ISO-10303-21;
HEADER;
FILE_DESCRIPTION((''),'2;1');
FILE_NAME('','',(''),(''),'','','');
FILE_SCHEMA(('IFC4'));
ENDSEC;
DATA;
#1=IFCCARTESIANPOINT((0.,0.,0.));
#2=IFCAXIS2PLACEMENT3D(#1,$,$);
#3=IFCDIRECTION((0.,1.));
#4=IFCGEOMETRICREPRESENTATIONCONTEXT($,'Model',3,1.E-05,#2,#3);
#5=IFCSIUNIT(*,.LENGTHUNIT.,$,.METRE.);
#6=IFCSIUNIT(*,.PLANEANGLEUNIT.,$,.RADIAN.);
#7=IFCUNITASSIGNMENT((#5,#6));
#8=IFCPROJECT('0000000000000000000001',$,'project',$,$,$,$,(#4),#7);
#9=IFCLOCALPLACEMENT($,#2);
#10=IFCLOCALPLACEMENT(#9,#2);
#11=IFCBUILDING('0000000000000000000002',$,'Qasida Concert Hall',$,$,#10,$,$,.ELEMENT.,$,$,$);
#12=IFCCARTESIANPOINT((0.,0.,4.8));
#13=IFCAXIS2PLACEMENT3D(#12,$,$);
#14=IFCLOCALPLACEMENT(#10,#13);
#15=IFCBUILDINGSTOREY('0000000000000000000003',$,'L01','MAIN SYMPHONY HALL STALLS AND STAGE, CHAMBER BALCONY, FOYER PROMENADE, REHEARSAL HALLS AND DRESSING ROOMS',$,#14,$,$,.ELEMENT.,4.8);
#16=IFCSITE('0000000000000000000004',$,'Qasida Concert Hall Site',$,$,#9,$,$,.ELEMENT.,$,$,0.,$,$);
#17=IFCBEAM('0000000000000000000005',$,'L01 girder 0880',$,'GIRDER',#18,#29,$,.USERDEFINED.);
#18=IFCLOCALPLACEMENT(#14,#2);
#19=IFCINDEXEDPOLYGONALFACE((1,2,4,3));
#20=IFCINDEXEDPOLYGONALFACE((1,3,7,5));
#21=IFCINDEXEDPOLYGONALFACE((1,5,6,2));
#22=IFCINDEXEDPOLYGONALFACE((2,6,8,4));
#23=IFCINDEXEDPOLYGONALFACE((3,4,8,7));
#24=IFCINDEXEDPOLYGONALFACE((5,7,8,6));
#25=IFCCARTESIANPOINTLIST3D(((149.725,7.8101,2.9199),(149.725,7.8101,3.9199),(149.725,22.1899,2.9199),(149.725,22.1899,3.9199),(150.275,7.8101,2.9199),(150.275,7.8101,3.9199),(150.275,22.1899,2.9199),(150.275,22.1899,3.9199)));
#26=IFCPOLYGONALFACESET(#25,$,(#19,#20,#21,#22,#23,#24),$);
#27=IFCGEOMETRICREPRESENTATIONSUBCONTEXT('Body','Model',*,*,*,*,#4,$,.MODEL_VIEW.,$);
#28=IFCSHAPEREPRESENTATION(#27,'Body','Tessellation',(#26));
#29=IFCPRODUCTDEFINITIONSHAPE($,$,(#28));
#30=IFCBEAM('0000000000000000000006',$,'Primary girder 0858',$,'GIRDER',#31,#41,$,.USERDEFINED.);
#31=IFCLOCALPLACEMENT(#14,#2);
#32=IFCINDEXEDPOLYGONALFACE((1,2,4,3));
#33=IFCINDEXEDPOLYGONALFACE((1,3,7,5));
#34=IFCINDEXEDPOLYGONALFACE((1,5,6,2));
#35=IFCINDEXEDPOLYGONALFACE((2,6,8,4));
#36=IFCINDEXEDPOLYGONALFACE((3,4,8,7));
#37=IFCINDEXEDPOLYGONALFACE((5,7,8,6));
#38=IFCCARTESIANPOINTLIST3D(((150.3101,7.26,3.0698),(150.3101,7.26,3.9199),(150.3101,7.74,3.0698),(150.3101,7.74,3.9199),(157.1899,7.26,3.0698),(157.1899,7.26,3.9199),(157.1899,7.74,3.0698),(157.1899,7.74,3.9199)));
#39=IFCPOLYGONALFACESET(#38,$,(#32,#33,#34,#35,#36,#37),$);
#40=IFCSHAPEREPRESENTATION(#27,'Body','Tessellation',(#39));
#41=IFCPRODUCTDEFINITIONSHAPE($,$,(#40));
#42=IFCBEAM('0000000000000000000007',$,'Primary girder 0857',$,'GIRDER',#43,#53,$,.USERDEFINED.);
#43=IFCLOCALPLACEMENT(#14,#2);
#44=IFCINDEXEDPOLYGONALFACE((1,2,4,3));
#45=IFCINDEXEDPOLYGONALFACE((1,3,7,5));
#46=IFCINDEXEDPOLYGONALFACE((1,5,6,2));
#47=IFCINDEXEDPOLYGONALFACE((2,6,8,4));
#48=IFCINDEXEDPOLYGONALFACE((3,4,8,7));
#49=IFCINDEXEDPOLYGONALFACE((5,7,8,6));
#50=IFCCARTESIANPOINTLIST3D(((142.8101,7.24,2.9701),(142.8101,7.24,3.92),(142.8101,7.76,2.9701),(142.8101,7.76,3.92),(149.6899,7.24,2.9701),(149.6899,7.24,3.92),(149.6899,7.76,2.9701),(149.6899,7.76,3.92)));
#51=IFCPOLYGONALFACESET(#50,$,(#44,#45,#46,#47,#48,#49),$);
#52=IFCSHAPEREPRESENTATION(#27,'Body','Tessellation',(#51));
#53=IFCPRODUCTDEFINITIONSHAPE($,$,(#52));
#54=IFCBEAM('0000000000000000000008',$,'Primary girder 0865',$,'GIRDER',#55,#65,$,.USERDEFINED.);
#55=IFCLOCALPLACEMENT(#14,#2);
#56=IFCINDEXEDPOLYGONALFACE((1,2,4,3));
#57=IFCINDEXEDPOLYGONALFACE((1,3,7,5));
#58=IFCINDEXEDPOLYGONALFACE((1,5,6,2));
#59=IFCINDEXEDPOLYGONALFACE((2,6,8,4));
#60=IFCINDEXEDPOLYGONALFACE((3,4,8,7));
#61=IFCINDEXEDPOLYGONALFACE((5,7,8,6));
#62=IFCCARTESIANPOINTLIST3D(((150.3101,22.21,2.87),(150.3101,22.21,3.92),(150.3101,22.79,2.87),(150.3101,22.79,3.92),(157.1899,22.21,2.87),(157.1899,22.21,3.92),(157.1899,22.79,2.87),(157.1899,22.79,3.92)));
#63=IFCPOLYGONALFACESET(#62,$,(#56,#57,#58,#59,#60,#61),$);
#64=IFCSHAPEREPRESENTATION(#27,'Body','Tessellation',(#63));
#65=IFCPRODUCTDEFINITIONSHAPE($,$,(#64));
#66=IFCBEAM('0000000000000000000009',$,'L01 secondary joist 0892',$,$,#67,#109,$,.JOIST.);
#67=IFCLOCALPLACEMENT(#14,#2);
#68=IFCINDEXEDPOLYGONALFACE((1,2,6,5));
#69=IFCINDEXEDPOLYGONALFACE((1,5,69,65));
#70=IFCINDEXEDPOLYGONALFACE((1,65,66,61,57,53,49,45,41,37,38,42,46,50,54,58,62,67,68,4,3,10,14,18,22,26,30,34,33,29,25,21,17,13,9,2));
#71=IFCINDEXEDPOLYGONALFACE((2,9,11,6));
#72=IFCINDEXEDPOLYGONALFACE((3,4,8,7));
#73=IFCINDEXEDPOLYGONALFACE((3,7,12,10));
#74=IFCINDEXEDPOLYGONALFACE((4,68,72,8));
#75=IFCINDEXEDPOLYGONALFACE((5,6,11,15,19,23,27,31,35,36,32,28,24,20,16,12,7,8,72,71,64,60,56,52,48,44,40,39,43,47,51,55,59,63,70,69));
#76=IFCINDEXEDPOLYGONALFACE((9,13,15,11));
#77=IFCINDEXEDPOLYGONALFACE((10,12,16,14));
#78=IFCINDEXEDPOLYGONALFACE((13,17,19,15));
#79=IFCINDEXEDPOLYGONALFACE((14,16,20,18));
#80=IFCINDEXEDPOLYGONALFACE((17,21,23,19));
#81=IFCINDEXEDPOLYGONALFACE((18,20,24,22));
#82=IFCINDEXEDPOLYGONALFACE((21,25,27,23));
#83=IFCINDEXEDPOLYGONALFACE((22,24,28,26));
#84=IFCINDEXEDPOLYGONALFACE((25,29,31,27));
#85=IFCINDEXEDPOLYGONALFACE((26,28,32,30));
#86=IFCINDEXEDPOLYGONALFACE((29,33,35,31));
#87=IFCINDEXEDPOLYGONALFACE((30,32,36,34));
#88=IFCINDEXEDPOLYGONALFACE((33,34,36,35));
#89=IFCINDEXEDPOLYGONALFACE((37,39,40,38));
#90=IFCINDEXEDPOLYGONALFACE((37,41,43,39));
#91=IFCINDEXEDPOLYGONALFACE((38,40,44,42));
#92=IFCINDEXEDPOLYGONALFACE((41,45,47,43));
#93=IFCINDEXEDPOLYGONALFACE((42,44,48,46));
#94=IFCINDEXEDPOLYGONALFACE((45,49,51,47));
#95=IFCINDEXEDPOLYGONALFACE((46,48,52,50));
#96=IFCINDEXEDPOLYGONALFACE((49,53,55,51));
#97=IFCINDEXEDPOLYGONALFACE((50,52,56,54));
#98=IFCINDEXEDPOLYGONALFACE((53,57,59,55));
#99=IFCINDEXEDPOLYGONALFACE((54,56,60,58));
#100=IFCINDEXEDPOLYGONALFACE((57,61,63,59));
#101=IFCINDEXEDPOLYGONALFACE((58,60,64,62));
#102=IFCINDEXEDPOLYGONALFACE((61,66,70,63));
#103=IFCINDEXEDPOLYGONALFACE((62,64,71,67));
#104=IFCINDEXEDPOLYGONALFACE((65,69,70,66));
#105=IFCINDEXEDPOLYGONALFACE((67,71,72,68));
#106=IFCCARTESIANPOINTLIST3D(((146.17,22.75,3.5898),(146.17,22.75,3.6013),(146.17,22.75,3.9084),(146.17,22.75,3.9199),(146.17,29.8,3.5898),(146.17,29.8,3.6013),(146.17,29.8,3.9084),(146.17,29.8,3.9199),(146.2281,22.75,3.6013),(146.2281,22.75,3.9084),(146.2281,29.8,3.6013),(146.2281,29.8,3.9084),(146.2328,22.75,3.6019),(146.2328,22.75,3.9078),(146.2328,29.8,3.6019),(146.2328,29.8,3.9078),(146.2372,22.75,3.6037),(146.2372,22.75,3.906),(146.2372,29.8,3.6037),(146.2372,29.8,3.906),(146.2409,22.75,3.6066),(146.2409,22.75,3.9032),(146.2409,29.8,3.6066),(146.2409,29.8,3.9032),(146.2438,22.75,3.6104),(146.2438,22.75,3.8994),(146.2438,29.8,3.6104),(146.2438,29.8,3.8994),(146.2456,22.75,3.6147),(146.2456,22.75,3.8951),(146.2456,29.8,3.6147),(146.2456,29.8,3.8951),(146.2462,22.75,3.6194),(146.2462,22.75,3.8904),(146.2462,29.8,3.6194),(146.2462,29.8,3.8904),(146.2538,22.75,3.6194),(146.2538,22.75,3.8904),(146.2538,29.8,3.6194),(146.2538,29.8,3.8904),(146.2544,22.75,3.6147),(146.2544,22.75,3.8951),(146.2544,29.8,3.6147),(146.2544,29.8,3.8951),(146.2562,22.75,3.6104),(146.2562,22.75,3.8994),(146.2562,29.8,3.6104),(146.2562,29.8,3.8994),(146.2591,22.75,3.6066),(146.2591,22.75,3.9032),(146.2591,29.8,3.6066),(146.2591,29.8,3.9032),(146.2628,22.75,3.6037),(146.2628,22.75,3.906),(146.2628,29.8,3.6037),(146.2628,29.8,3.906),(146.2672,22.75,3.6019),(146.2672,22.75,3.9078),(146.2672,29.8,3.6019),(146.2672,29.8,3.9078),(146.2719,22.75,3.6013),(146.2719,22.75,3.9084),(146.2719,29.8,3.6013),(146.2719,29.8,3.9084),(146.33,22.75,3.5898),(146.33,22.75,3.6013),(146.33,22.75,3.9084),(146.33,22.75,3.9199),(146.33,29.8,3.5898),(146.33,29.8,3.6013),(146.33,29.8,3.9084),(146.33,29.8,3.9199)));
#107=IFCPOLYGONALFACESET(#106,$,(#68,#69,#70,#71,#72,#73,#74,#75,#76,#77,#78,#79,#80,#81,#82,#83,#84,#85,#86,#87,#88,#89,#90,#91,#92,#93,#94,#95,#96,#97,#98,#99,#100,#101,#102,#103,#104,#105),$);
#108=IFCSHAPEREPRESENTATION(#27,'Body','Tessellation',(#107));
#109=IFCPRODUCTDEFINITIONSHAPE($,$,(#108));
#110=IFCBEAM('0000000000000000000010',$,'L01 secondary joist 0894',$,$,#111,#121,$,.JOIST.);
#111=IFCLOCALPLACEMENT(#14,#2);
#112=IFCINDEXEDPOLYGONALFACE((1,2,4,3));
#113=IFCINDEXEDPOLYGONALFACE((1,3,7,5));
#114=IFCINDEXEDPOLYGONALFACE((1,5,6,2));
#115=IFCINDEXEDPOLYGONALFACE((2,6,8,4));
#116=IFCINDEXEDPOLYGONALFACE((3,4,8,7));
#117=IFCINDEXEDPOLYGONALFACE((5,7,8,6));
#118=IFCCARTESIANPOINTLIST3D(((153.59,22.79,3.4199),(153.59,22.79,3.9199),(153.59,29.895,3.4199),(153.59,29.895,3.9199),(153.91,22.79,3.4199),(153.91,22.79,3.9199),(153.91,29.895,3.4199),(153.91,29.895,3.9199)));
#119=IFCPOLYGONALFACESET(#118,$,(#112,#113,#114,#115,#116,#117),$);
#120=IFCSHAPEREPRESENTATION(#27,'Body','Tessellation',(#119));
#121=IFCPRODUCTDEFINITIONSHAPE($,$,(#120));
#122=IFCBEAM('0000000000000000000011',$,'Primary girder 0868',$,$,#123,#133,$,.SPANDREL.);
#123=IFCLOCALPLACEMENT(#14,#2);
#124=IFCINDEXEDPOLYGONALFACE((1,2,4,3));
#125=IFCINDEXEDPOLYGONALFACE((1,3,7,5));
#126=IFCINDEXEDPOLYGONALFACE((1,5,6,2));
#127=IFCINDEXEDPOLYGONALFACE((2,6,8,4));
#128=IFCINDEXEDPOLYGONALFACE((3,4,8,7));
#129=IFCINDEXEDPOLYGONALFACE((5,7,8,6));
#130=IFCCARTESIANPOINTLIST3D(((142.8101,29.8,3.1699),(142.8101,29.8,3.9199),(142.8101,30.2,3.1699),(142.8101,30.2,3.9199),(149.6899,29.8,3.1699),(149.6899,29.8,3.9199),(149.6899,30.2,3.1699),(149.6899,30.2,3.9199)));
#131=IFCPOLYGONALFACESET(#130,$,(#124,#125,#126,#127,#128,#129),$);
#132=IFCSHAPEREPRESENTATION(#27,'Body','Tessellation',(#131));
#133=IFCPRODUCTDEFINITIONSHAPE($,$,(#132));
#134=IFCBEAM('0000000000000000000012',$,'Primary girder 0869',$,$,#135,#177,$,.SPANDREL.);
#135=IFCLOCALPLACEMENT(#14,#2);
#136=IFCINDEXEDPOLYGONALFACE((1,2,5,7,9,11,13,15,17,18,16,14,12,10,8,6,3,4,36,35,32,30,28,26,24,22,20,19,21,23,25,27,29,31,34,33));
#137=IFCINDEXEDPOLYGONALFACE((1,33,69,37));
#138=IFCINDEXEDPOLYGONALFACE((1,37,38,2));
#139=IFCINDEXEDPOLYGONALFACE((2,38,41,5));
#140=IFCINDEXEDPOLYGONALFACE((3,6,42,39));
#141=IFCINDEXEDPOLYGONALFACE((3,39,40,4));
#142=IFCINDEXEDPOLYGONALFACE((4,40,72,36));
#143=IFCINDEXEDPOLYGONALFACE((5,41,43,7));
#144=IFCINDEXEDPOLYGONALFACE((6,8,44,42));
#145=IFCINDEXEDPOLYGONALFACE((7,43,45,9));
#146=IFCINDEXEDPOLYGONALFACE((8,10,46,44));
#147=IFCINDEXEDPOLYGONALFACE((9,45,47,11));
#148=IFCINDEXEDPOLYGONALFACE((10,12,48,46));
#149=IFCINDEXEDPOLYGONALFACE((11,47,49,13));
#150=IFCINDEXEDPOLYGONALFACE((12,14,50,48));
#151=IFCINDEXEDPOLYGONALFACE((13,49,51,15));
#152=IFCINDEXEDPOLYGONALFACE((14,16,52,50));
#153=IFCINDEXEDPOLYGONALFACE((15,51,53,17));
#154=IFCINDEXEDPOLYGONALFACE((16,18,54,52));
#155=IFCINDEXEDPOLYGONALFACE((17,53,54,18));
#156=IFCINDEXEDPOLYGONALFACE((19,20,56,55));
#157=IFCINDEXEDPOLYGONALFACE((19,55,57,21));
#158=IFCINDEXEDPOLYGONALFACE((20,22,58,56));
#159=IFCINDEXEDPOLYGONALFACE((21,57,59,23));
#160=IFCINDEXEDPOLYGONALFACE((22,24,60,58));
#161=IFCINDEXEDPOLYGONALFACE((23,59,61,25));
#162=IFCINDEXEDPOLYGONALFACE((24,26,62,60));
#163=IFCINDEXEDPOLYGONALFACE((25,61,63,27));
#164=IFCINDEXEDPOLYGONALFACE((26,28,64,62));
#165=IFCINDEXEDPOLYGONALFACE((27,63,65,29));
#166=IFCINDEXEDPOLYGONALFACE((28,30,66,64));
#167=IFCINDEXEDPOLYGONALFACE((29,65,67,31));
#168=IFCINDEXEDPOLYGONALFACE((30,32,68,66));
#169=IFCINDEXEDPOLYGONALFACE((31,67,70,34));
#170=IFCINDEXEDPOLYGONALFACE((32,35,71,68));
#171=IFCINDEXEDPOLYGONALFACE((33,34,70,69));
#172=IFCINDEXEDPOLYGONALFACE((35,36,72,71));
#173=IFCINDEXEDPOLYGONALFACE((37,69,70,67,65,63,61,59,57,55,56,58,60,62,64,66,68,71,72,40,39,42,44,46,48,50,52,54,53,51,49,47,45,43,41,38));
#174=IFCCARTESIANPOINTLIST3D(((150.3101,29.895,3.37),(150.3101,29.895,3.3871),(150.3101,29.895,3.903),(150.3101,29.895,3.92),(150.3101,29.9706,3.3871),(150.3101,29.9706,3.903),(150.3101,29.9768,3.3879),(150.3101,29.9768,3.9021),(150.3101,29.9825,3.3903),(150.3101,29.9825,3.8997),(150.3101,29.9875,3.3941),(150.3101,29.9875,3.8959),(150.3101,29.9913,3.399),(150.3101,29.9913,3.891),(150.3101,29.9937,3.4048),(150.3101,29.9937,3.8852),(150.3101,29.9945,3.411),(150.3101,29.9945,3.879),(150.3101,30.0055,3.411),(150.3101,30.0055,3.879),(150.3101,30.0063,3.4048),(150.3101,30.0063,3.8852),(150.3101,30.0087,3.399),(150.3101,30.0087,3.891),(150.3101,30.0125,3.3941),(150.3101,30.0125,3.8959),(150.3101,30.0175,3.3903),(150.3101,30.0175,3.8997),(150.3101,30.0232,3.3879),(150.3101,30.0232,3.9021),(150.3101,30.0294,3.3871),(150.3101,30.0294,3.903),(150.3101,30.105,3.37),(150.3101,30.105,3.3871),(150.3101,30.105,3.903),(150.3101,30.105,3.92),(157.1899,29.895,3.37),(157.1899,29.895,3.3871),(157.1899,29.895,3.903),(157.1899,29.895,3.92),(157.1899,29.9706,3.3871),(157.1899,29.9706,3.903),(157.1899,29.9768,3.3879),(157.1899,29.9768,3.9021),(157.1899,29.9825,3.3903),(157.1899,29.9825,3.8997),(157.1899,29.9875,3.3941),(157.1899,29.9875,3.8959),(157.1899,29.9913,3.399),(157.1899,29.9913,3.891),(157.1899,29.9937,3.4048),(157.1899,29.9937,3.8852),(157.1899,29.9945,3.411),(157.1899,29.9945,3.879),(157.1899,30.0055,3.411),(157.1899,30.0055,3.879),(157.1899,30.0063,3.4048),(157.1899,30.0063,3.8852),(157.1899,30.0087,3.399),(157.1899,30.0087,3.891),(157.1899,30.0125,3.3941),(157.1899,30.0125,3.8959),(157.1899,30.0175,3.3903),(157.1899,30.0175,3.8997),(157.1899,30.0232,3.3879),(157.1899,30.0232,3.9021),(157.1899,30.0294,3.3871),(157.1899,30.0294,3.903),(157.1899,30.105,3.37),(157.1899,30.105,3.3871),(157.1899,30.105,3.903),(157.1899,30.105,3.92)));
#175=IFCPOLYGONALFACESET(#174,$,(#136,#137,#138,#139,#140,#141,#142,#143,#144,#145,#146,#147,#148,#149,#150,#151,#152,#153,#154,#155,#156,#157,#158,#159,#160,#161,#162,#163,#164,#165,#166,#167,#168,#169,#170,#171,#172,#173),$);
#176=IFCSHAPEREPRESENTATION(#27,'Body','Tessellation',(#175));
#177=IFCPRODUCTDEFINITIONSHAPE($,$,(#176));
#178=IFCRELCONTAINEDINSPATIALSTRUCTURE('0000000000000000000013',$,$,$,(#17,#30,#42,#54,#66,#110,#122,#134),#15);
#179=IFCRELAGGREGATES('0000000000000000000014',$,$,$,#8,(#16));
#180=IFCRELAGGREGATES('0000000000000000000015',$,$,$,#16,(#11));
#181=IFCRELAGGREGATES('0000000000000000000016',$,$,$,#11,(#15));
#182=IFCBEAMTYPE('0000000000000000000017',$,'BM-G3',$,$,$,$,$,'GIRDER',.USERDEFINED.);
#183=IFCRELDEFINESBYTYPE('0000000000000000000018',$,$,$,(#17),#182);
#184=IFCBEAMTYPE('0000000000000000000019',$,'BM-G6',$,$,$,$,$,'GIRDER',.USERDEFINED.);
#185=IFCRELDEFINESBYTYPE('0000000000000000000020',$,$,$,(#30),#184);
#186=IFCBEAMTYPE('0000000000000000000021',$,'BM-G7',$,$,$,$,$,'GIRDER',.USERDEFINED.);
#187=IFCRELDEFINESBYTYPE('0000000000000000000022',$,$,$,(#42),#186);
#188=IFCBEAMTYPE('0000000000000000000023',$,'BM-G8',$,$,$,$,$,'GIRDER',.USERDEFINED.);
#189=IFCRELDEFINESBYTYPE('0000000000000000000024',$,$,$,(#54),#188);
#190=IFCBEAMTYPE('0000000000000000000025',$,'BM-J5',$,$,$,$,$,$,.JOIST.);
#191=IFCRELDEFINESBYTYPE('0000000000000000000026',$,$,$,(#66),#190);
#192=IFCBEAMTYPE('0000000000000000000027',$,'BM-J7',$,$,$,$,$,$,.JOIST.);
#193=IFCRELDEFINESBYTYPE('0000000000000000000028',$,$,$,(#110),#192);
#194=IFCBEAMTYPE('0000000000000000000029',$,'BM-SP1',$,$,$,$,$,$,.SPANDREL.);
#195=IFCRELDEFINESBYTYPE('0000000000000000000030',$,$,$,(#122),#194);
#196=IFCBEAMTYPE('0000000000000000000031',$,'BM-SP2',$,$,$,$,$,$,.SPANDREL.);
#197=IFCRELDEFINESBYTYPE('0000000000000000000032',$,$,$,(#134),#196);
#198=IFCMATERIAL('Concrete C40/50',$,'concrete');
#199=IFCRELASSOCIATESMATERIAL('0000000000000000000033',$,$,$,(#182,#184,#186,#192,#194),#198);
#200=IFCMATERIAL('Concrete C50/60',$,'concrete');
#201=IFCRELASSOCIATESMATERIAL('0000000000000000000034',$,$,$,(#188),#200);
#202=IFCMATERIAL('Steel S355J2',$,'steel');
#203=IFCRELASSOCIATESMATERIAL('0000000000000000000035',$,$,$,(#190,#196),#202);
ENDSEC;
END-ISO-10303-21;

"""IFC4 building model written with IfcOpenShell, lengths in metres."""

from ifc_helpers import new_model, si_unit, direction, frame, origin, origin_2d, place, context, subcontext, project, spatial, rectangle, i_section, extrude, material, material_profile, profile_set, type_object, element, save


model = new_model("IFC4")

# Units and contexts
model_context = context("Model", 3, precision=1e-05, world=origin(), true_north=direction((0.0, 1.0)))
body_context = subcontext(model_context, "Body", "Model", "MODEL_VIEW")
ifc_project = project(units=[si_unit("LENGTHUNIT", "METRE"), si_unit("PLANEANGLEUNIT", "RADIAN")], contexts=[model_context])

# Site, building, storey
site_placement = place(None, origin())
site = spatial("IfcSite", under=ifc_project, at=site_placement, Name="Qasida Concert Hall Site", CompositionType="ELEMENT", RefElevation=0.0)
building_placement = place(site_placement, origin())
building = spatial("IfcBuilding", under=site, at=building_placement, Name="Qasida Concert Hall", CompositionType="ELEMENT")
storey_placement = place(building_placement, frame((0.0, 0.0, 4.8)))
storey = spatial("IfcBuildingStorey", under=building, at=storey_placement, Name="L01", Description="MAIN SYMPHONY HALL STALLS AND STAGE, CHAMBER BALCONY, FOYER PROMENADE, REHEARSAL HALLS AND DRESSING ROOMS", CompositionType="ELEMENT", Elevation=4.8)

# Shared definitions
ifc_material_1 = material(Name="Concrete C50/60", Category="concrete")

# Beams
ifc_material_2 = material(Name="Steel S355J2", Category="steel")
ifc_material_3 = material(Name="Concrete C40/50", Category="concrete")
ifc_material_profile_1 = material_profile(ifc_material_3, rectangle(XDim=0.55, YDim=1.0, at=origin_2d()), Name="RC 550x1000")
ifc_profile_set_1 = profile_set([ifc_material_profile_1], Name="Concrete C40/50")
beam_type_1 = type_object("IfcBeamType", Name="BM-G3", ElementType="GIRDER", PredefinedType="USERDEFINED", material=ifc_profile_set_1)
beam_1_placement = place(storey_placement, frame((150.0, 7.8101, 3.4199), z_axis=(0.0, 1.0, 0.0), x_axis=(-1.0, 0.0, 0.0)))
element("IfcBeam", 1, at=beam_1_placement, inside=storey, type_object=beam_type_1, Name="L01 girder 0880", ObjectType="GIRDER", PredefinedType="USERDEFINED", context=body_context, shape_type="SweptSolid", body=[
    extrude(rectangle(XDim=0.55, YDim=1.0, at=origin_2d()), origin(), (0.0, 0.0, 1.0), 14.3799),
])
ifc_material_profile_2 = material_profile(ifc_material_3, rectangle(XDim=0.48, YDim=0.8501, at=origin_2d()), Name="RC 480x850")
ifc_profile_set_2 = profile_set([ifc_material_profile_2], Name="Concrete C40/50")
beam_type_2 = type_object("IfcBeamType", Name="BM-G6", ElementType="GIRDER", PredefinedType="USERDEFINED", material=ifc_profile_set_2)
beam_2_placement = place(storey_placement, frame((150.3101, 7.5, 3.4949), z_axis=(1.0, 0.0, 0.0), x_axis=(0.0, 1.0, 0.0)))
element("IfcBeam", 2, at=beam_2_placement, inside=storey, type_object=beam_type_2, Name="Primary girder 0858", ObjectType="GIRDER", PredefinedType="USERDEFINED", context=body_context, shape_type="SweptSolid", body=[
    extrude(rectangle(XDim=0.48, YDim=0.8501, at=origin_2d()), origin(), (0.0, 0.0, 1.0), 6.8799),
])
ifc_material_profile_3 = material_profile(ifc_material_3, rectangle(XDim=0.52, YDim=0.95, at=origin_2d()), Name="RC 520x950")
ifc_profile_set_3 = profile_set([ifc_material_profile_3], Name="Concrete C40/50")
beam_type_3 = type_object("IfcBeamType", Name="BM-G7", ElementType="GIRDER", PredefinedType="USERDEFINED", material=ifc_profile_set_3)
beam_3_placement = place(storey_placement, frame((142.8101, 7.5, 3.4451), z_axis=(1.0, 0.0, 0.0), x_axis=(0.0, 1.0, 0.0)))
element("IfcBeam", 3, at=beam_3_placement, inside=storey, type_object=beam_type_3, Name="Primary girder 0857", ObjectType="GIRDER", PredefinedType="USERDEFINED", context=body_context, shape_type="SweptSolid", body=[
    extrude(rectangle(XDim=0.52, YDim=0.95, at=origin_2d()), origin(), (0.0, 0.0, 1.0), 6.8799),
])
ifc_material_profile_4 = material_profile(ifc_material_1, rectangle(XDim=0.5801, YDim=1.05, at=origin_2d()), Name="RC 580x1050")
ifc_profile_set_4 = profile_set([ifc_material_profile_4], Name="Concrete C50/60")
beam_type_4 = type_object("IfcBeamType", Name="BM-G8", ElementType="GIRDER", PredefinedType="USERDEFINED", material=ifc_profile_set_4)
beam_4_placement = place(storey_placement, frame((150.3101, 22.5, 3.395), z_axis=(1.0, 0.0, 0.0), x_axis=(0.0, 1.0, 0.0)))
element("IfcBeam", 4, at=beam_4_placement, inside=storey, type_object=beam_type_4, Name="Primary girder 0865", ObjectType="GIRDER", PredefinedType="USERDEFINED", context=body_context, shape_type="SweptSolid", body=[
    extrude(rectangle(XDim=0.5801, YDim=1.05, at=origin_2d()), origin(), (0.0, 0.0, 1.0), 6.8799),
])
ifc_material_profile_5 = material_profile(ifc_material_2, i_section(OverallWidth=0.1599, OverallDepth=0.3301, WebThickness=0.0076, FlangeThickness=0.0115, FilletRadius=0.0181, at=origin_2d()), Name="IPE 330")
ifc_profile_set_5 = profile_set([ifc_material_profile_5], Name="Steel S355J2")
beam_type_5 = type_object("IfcBeamType", Name="BM-J5", PredefinedType="JOIST", material=ifc_profile_set_5)
beam_5_placement = place(storey_placement, frame((146.25, 22.75, 3.7549), z_axis=(0.0, 1.0, 0.0), x_axis=(-1.0, 0.0, 0.0)))
element("IfcBeam", 5, at=beam_5_placement, inside=storey, type_object=beam_type_5, Name="L01 secondary joist 0892", PredefinedType="JOIST", context=body_context, shape_type="SweptSolid", body=[
    extrude(i_section(OverallWidth=0.1599, OverallDepth=0.3301, WebThickness=0.0076, FlangeThickness=0.0115, FilletRadius=0.0181, at=origin_2d()), origin(), (0.0, 0.0, 1.0), 7.05),
])
ifc_material_profile_6 = material_profile(ifc_material_3, rectangle(XDim=0.3201, YDim=0.5, at=origin_2d()), Name="RC 320x500")
ifc_profile_set_6 = profile_set([ifc_material_profile_6], Name="Concrete C40/50")
beam_type_6 = type_object("IfcBeamType", Name="BM-J7", PredefinedType="JOIST", material=ifc_profile_set_6)
beam_6_placement = place(storey_placement, frame((153.75, 22.79, 3.6699), z_axis=(0.0, 1.0, 0.0), x_axis=(-1.0, 0.0, 0.0)))
element("IfcBeam", 6, at=beam_6_placement, inside=storey, type_object=beam_type_6, Name="L01 secondary joist 0894", PredefinedType="JOIST", context=body_context, shape_type="SweptSolid", body=[
    extrude(rectangle(XDim=0.3201, YDim=0.5, at=origin_2d()), origin(), (0.0, 0.0, 1.0), 7.105),
])
ifc_material_profile_7 = material_profile(ifc_material_3, rectangle(XDim=0.3999, YDim=0.75, at=origin_2d()), Name="RC 400x750")
ifc_profile_set_7 = profile_set([ifc_material_profile_7], Name="Concrete C40/50")
beam_type_7 = type_object("IfcBeamType", Name="BM-SP1", PredefinedType="SPANDREL", material=ifc_profile_set_7)
beam_7_placement = place(storey_placement, frame((142.8101, 30.0, 3.5449), z_axis=(1.0, 0.0, 0.0), x_axis=(0.0, 1.0, 0.0)))
element("IfcBeam", 7, at=beam_7_placement, inside=storey, type_object=beam_type_7, Name="Primary girder 0868", PredefinedType="SPANDREL", context=body_context, shape_type="SweptSolid", body=[
    extrude(rectangle(XDim=0.3999, YDim=0.75, at=origin_2d()), origin(), (0.0, 0.0, 1.0), 6.8799),
])
ifc_material_profile_8 = material_profile(ifc_material_2, i_section(OverallWidth=0.21, OverallDepth=0.55, WebThickness=0.011, FlangeThickness=0.0171, FilletRadius=0.0239, at=origin_2d()), Name="IPE 550")
ifc_profile_set_8 = profile_set([ifc_material_profile_8], Name="Steel S355J2")
beam_type_8 = type_object("IfcBeamType", Name="BM-SP2", PredefinedType="SPANDREL", material=ifc_profile_set_8)
beam_8_placement = place(storey_placement, frame((150.3101, 30.0, 3.645), z_axis=(1.0, 0.0, 0.0), x_axis=(0.0, 1.0, 0.0)))
element("IfcBeam", 8, at=beam_8_placement, inside=storey, type_object=beam_type_8, Name="Primary girder 0869", PredefinedType="SPANDREL", context=body_context, shape_type="SweptSolid", body=[
    extrude(i_section(OverallWidth=0.21, OverallDepth=0.55, WebThickness=0.011, FlangeThickness=0.0171, FilletRadius=0.0239, at=origin_2d()), origin(), (0.0, 0.0, 1.0), 6.8799),
])

save(model, "model.ifc")
